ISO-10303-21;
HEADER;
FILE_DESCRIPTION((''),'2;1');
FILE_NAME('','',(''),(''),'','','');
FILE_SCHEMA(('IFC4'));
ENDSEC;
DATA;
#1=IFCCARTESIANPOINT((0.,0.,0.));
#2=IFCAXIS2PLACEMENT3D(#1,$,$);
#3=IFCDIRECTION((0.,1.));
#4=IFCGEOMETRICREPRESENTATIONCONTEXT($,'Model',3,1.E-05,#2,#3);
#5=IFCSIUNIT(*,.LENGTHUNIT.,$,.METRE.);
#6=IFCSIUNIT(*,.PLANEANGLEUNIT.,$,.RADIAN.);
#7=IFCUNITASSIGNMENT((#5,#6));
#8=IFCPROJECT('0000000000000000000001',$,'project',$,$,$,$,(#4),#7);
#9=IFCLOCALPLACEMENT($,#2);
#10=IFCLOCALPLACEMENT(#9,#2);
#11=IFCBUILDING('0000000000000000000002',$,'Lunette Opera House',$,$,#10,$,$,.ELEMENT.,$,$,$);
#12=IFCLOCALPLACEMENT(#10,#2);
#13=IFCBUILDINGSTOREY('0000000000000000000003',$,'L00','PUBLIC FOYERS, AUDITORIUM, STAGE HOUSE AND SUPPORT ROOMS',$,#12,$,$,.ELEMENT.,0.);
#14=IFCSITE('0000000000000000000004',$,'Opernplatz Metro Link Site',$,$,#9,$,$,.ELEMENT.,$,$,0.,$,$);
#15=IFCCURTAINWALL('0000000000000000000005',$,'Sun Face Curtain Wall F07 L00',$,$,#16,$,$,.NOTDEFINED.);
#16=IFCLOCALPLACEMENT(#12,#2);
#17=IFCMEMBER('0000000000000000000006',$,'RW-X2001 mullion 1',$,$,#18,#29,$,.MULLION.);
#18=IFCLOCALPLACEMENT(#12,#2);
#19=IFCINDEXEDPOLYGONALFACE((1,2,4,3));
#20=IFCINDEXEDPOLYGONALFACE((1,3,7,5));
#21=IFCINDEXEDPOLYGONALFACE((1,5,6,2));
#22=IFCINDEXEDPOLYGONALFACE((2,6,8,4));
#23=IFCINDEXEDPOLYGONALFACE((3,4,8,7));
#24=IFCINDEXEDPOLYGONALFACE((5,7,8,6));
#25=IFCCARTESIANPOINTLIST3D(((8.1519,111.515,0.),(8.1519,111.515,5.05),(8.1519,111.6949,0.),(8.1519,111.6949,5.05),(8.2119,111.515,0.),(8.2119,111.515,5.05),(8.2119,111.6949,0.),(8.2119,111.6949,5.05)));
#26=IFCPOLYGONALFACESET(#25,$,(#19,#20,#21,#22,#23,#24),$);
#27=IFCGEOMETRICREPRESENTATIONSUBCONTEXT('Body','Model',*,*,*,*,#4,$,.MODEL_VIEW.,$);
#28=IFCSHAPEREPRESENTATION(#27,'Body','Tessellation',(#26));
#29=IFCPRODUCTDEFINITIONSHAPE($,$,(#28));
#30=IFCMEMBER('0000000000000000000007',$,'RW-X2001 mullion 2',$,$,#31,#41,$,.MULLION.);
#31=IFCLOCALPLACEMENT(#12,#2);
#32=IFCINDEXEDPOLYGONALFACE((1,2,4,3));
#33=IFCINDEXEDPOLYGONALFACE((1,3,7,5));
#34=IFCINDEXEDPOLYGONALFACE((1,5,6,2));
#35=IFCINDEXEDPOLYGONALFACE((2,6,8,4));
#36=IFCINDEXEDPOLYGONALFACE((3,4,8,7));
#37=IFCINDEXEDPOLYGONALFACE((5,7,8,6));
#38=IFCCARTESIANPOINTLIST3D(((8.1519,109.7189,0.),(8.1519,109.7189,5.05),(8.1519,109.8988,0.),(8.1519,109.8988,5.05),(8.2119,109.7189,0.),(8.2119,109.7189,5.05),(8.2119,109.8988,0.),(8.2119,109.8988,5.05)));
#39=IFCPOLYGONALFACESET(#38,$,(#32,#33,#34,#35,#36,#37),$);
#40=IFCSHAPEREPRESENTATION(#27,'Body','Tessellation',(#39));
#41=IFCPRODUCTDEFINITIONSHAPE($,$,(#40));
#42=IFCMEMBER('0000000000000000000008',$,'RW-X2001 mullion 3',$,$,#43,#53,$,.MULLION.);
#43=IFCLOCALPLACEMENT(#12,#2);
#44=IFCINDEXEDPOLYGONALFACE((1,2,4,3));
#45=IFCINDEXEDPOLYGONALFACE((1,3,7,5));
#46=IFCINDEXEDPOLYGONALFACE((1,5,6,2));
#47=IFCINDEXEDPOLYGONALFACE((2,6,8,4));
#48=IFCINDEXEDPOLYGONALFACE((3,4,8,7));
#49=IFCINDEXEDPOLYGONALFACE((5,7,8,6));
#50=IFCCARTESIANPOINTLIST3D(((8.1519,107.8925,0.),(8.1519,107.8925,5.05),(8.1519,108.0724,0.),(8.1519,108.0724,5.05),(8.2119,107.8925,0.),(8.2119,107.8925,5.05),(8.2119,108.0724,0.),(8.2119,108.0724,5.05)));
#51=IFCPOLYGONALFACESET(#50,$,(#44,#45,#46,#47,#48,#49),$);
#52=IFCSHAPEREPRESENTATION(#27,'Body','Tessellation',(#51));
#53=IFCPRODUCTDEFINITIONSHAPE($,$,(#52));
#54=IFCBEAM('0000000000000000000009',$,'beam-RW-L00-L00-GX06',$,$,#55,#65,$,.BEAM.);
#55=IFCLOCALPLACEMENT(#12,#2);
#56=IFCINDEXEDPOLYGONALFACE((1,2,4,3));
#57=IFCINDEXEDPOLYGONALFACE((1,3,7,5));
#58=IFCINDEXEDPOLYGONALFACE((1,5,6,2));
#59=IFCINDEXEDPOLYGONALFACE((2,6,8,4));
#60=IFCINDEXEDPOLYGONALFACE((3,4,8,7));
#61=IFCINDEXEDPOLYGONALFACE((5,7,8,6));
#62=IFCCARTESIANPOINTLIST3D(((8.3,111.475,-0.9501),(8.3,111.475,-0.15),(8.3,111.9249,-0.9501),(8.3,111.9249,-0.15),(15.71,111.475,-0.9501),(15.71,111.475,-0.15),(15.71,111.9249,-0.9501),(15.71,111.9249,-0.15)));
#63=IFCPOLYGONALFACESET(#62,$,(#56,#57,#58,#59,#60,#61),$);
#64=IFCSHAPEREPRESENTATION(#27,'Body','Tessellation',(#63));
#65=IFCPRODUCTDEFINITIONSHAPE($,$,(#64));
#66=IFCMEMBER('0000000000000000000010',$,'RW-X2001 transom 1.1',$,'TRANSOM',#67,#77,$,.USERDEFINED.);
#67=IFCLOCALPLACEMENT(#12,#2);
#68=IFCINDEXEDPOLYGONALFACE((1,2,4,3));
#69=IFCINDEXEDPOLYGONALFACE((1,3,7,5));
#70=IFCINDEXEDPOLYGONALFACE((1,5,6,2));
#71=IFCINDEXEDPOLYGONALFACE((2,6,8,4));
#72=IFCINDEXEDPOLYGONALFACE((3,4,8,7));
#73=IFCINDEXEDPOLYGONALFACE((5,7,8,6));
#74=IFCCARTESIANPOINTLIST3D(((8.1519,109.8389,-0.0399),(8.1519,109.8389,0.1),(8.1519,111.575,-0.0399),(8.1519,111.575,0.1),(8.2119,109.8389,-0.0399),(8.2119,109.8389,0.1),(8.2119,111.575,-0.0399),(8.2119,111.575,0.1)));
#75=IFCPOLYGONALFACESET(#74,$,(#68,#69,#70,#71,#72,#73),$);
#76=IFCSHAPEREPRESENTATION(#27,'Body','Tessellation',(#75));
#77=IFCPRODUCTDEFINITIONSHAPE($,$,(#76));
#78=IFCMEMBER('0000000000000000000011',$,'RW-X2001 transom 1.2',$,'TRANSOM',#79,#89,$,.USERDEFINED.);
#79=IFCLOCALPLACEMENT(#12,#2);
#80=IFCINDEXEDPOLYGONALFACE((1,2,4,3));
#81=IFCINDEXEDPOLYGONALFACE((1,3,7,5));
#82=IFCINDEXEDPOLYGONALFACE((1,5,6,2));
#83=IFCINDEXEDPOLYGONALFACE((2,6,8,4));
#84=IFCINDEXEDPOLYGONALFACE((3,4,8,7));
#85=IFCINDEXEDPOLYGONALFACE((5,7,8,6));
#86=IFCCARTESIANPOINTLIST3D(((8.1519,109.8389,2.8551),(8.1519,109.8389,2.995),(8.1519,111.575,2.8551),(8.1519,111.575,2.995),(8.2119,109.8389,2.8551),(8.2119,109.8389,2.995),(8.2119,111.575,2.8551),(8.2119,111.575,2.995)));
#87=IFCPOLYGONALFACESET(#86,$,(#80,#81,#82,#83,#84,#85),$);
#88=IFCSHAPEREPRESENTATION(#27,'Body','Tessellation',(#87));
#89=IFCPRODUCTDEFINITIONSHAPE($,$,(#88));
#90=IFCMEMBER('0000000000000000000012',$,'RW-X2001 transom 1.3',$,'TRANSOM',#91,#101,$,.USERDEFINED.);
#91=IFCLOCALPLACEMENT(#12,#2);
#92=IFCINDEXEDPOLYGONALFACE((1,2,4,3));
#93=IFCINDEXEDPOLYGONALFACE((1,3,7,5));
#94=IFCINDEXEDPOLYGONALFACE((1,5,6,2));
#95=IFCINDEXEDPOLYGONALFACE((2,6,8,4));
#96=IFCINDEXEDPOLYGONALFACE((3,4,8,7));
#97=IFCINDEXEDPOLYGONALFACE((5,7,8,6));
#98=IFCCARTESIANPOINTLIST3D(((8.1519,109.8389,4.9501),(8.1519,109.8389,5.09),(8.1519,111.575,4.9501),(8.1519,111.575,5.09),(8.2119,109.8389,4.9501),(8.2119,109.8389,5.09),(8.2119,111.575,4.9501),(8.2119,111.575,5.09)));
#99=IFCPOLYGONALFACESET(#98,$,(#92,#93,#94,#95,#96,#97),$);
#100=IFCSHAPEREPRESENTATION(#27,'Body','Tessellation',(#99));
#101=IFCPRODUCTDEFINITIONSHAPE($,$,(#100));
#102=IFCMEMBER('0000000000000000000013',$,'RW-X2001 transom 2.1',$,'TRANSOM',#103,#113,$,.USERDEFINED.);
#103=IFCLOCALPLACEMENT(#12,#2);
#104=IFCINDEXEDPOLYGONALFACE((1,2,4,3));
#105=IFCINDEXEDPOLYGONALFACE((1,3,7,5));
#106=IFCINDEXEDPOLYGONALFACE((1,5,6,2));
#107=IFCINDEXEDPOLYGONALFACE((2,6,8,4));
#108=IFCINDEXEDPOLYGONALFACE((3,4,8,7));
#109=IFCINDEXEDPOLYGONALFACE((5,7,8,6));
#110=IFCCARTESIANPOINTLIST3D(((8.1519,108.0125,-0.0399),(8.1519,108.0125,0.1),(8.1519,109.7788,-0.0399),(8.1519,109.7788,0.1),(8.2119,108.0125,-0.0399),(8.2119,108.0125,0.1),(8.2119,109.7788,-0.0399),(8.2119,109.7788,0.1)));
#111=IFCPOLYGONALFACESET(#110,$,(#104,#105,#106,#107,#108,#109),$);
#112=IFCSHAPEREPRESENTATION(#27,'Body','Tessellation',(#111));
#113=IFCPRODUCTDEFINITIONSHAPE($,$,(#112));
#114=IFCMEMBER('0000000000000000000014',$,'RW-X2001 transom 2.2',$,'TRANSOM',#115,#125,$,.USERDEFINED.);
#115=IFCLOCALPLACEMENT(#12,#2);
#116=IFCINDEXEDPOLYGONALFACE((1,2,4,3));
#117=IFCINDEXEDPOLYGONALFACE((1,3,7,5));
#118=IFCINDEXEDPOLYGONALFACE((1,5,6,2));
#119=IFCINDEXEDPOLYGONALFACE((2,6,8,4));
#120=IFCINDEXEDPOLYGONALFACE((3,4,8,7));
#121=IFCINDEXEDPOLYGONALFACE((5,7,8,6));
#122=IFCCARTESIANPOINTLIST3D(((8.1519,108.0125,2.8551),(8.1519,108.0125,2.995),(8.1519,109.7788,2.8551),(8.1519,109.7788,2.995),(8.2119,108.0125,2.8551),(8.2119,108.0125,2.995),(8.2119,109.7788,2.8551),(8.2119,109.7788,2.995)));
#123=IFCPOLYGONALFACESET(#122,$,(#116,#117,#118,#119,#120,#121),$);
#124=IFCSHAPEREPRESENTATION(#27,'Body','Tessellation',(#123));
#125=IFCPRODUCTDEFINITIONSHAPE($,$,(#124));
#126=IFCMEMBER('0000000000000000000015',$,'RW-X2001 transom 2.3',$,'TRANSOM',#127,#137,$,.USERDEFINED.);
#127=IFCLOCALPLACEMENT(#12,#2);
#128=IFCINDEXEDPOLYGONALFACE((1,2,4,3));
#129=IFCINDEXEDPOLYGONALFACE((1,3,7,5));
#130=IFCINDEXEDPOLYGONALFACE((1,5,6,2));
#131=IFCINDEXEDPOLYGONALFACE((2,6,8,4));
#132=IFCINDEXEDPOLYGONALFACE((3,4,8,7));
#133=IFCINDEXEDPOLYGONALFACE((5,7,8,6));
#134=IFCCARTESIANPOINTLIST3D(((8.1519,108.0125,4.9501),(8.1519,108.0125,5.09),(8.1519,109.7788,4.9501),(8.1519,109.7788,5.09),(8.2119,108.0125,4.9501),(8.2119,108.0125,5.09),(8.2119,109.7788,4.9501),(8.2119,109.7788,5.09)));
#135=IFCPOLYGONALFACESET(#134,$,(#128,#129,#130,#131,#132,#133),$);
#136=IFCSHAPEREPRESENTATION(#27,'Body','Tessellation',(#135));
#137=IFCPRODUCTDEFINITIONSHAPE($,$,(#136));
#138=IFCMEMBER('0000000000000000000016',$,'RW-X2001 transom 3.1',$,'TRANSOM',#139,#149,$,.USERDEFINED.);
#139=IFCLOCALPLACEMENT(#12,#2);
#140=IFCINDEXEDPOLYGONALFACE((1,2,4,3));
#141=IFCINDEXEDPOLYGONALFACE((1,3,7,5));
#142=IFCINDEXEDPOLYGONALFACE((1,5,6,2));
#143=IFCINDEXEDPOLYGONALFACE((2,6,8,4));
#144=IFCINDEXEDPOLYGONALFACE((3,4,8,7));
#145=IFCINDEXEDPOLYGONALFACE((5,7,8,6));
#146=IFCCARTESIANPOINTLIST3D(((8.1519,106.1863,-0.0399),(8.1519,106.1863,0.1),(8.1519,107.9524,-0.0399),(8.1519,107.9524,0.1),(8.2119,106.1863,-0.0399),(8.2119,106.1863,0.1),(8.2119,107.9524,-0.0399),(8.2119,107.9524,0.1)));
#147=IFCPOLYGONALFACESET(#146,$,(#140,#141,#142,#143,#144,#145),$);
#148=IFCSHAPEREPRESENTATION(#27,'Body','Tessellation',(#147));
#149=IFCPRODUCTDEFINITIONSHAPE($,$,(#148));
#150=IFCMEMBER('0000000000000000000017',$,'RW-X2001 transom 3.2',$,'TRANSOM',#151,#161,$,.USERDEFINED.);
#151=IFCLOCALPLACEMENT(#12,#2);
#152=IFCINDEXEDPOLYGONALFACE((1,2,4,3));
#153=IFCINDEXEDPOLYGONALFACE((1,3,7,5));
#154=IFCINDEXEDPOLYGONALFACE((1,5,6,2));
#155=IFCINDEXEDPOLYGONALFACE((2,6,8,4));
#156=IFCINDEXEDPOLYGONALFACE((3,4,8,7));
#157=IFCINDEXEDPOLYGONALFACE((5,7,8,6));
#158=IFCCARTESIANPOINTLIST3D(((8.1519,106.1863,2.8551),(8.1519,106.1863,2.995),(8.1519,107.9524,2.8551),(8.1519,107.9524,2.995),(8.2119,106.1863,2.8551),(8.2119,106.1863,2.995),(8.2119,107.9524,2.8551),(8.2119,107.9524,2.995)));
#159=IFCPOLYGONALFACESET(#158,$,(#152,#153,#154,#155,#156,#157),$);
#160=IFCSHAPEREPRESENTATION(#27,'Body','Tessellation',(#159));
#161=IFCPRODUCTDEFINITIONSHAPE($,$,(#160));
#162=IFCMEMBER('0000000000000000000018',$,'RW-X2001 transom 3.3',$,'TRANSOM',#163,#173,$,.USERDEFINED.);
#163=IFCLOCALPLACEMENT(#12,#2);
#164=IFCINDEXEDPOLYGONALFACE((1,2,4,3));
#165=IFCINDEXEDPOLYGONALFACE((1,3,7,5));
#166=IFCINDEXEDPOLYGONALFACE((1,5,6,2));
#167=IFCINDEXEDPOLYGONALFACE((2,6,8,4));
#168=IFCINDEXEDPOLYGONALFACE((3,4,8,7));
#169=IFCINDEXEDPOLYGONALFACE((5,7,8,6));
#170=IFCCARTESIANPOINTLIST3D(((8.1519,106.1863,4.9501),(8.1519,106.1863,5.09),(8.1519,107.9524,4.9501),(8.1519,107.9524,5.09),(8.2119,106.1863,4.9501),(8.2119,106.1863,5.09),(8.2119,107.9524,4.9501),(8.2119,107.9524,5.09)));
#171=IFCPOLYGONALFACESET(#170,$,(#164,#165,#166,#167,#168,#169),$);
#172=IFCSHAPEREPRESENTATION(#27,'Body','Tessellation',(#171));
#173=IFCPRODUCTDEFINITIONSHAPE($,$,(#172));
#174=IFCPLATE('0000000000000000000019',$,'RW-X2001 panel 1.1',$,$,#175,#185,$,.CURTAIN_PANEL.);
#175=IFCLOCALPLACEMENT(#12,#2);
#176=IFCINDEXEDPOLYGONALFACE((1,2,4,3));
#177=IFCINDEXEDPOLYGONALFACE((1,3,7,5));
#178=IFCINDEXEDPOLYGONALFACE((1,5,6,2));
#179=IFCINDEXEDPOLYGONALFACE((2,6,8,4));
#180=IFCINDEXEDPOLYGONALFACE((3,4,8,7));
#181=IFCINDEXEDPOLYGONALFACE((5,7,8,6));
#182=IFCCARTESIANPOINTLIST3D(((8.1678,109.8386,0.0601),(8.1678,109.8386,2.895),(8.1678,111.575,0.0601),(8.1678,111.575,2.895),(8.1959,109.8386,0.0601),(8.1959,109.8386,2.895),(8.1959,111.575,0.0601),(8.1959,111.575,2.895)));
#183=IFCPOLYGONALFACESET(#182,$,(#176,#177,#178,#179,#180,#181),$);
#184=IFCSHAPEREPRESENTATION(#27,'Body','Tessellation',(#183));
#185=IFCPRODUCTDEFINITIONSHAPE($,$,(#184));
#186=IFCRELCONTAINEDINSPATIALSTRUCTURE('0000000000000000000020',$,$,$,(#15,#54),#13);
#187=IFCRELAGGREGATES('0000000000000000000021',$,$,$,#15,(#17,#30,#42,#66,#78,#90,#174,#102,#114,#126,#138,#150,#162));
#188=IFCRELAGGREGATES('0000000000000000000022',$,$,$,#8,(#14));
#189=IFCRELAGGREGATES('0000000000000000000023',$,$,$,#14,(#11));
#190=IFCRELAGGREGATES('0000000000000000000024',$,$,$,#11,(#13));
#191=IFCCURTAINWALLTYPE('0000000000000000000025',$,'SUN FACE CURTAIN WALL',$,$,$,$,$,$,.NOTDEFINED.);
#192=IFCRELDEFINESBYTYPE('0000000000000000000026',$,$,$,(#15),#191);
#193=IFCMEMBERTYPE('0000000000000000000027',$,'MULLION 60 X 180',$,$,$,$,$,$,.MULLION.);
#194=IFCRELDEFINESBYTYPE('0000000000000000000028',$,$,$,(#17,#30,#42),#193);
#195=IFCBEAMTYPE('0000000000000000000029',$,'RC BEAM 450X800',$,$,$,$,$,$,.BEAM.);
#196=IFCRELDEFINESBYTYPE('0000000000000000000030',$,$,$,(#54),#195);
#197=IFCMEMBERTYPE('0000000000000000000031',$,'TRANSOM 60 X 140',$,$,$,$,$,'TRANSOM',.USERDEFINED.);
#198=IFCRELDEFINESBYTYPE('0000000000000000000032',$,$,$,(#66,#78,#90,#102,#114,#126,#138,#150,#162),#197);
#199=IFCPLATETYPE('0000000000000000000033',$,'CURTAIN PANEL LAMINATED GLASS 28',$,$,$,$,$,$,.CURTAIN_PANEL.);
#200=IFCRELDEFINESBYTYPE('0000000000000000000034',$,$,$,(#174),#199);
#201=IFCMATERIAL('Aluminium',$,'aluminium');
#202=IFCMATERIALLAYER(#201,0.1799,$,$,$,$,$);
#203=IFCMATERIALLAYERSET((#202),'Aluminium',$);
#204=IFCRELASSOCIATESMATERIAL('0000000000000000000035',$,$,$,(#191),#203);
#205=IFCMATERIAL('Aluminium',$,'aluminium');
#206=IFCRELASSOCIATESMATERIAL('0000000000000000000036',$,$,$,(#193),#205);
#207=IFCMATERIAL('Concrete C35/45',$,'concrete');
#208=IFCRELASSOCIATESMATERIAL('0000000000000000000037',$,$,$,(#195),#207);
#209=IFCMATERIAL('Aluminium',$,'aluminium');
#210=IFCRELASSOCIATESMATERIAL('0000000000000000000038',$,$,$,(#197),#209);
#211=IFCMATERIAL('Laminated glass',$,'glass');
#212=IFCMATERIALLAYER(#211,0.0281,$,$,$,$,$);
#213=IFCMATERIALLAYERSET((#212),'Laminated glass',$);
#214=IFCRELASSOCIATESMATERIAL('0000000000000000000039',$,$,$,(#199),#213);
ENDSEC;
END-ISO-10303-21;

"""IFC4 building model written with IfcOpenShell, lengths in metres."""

from ifc_helpers import new_model, si_unit, direction, frame, origin, origin_2d, place, context, subcontext, project, spatial, rectangle, extrude, material, layer, layer_set, material_profile, profile_set, type_object, element, aggregate, save


model = new_model("IFC4")

# Units and contexts
model_context = context("Model", 3, precision=1e-05, world=origin(), true_north=direction((0.0, 1.0)))
body_context = subcontext(model_context, "Body", "Model", "MODEL_VIEW")
ifc_project = project(units=[si_unit("LENGTHUNIT", "METRE"), si_unit("PLANEANGLEUNIT", "RADIAN")], contexts=[model_context])

# Site, building, storey
site_placement = place(None, origin())
site = spatial("IfcSite", under=ifc_project, at=site_placement, Name="Opernplatz Metro Link Site", CompositionType="ELEMENT", RefElevation=0.0)
building_placement = place(site_placement, origin())
building = spatial("IfcBuilding", under=site, at=building_placement, Name="Lunette Opera House", CompositionType="ELEMENT")
storey_placement = place(building_placement, origin())
storey = spatial("IfcBuildingStorey", under=building, at=storey_placement, Name="L00", Description="PUBLIC FOYERS, AUDITORIUM, STAGE HOUSE AND SUPPORT ROOMS", CompositionType="ELEMENT", Elevation=0.0)

# Curtain wall, members
ifc_material_1 = material(Name="Aluminium", Category="aluminium")
ifc_layer_1 = layer(ifc_material_1, 0.1799)
ifc_layer_set_1 = layer_set([ifc_layer_1], Name="Aluminium")
curtain_wall_type = type_object("IfcCurtainWallType", Name="SUN FACE CURTAIN WALL", PredefinedType="NOTDEFINED", material=ifc_layer_set_1)
curtain_wall_placement = place(storey_placement, origin())
curtain_wall = element("IfcCurtainWall", 1, at=curtain_wall_placement, inside=storey, type_object=curtain_wall_type, Name="Sun Face Curtain Wall F07 L00", PredefinedType="NOTDEFINED")
ifc_material_2 = material(Name="Aluminium", Category="aluminium")
ifc_material_profile_1 = material_profile(ifc_material_2, rectangle(XDim=0.0601, YDim=0.1799, at=origin_2d()), Name="MULLION 60 X 180")
ifc_profile_set_1 = profile_set([ifc_material_profile_1], Name="Aluminium")
member_type_1 = type_object("IfcMemberType", Name="MULLION 60 X 180", PredefinedType="MULLION", material=ifc_profile_set_1)
member_1_placement = place(storey_placement, frame((8.1819, 111.605, 0.0), z_axis=(0.0, 0.0, 1.0), x_axis=(1.0, 0.0, 0.0)))
member_1 = element("IfcMember", 2, at=member_1_placement, type_object=member_type_1, Name="RW-X2001 mullion 1", PredefinedType="MULLION", context=body_context, shape_type="SweptSolid", body=[
    extrude(rectangle(XDim=0.0601, YDim=0.1799, at=origin_2d()), origin(), (0.0, 0.0, 1.0), 5.05),
])
member_2_placement = place(storey_placement, frame((8.1819, 109.8088, 0.0), z_axis=(0.0, 0.0, 1.0), x_axis=(1.0, 0.0, 0.0)))
member_2 = element("IfcMember", 3, at=member_2_placement, type_object=member_type_1, Name="RW-X2001 mullion 2", PredefinedType="MULLION", context=body_context, shape_type="SweptSolid", body=[
    extrude(rectangle(XDim=0.0601, YDim=0.1799, at=origin_2d()), origin(), (0.0, 0.0, 1.0), 5.05),
])
member_3_placement = place(storey_placement, frame((8.1819, 107.9824, 0.0), z_axis=(0.0, 0.0, 1.0), x_axis=(1.0, 0.0, 0.0)))
member_3 = element("IfcMember", 4, at=member_3_placement, type_object=member_type_1, Name="RW-X2001 mullion 3", PredefinedType="MULLION", context=body_context, shape_type="SweptSolid", body=[
    extrude(rectangle(XDim=0.0601, YDim=0.1799, at=origin_2d()), origin(), (0.0, 0.0, 1.0), 5.05),
])

# Beam
ifc_material_3 = material(Name="Concrete C35/45", Category="concrete")
ifc_material_profile_2 = material_profile(ifc_material_3, rectangle(XDim=0.45, YDim=0.8, at=origin_2d()), Name="RC BEAM 450X800")
ifc_profile_set_2 = profile_set([ifc_material_profile_2], Name="Concrete C35/45")
beam_type = type_object("IfcBeamType", Name="RC BEAM 450X800", PredefinedType="BEAM", material=ifc_profile_set_2)
beam_placement = place(storey_placement, frame((8.3, 111.7, -0.55), z_axis=(1.0, 0.0, 0.0), x_axis=(0.0, 1.0, 0.0)))
element("IfcBeam", 5, at=beam_placement, inside=storey, type_object=beam_type, Name="beam-RW-L00-L00-GX06", PredefinedType="BEAM", context=body_context, shape_type="SweptSolid", body=[
    extrude(rectangle(XDim=0.45, YDim=0.8, at=origin_2d()), origin(), (0.0, 0.0, 1.0), 7.4099),
])

# Members
ifc_material_4 = material(Name="Aluminium", Category="aluminium")
ifc_material_profile_3 = material_profile(ifc_material_4, rectangle(XDim=0.0601, YDim=0.1399, at=origin_2d()), Name="TRANSOM 60 X 140")
ifc_profile_set_3 = profile_set([ifc_material_profile_3], Name="Aluminium")
member_type_2 = type_object("IfcMemberType", Name="TRANSOM 60 X 140", ElementType="TRANSOM", PredefinedType="USERDEFINED", material=ifc_profile_set_3)
member_4_placement = place(storey_placement, frame((8.1819, 111.575, 0.03), z_axis=(0.0, -1.0, 0.0), x_axis=(1.0, 0.0, 0.0)))
member_4 = element("IfcMember", 6, at=member_4_placement, type_object=member_type_2, Name="RW-X2001 transom 1.1", ObjectType="TRANSOM", PredefinedType="USERDEFINED", context=body_context, shape_type="SweptSolid", body=[
    extrude(rectangle(XDim=0.0601, YDim=0.1399, at=origin_2d()), origin(), (0.0, 0.0, 1.0), 1.7361),
])
member_5_placement = place(storey_placement, frame((8.1819, 111.575, 2.925), z_axis=(0.0, -1.0, 0.0), x_axis=(1.0, 0.0, 0.0)))
member_5 = element("IfcMember", 7, at=member_5_placement, type_object=member_type_2, Name="RW-X2001 transom 1.2", ObjectType="TRANSOM", PredefinedType="USERDEFINED", context=body_context, shape_type="SweptSolid", body=[
    extrude(rectangle(XDim=0.0601, YDim=0.1399, at=origin_2d()), origin(), (0.0, 0.0, 1.0), 1.7361),
])
member_6_placement = place(storey_placement, frame((8.1819, 111.575, 5.02), z_axis=(0.0, -1.0, 0.0), x_axis=(1.0, 0.0, 0.0)))
member_6 = element("IfcMember", 8, at=member_6_placement, type_object=member_type_2, Name="RW-X2001 transom 1.3", ObjectType="TRANSOM", PredefinedType="USERDEFINED", context=body_context, shape_type="SweptSolid", body=[
    extrude(rectangle(XDim=0.0601, YDim=0.1399, at=origin_2d()), origin(), (0.0, 0.0, 1.0), 1.7361),
])
member_7_placement = place(storey_placement, frame((8.1819, 109.7788, 0.03), z_axis=(0.0, -1.0, 0.0), x_axis=(1.0, 0.0, 0.0)))
member_7 = element("IfcMember", 9, at=member_7_placement, type_object=member_type_2, Name="RW-X2001 transom 2.1", ObjectType="TRANSOM", PredefinedType="USERDEFINED", context=body_context, shape_type="SweptSolid", body=[
    extrude(rectangle(XDim=0.0601, YDim=0.1399, at=origin_2d()), origin(), (0.0, 0.0, 1.0), 1.7664),
])
member_8_placement = place(storey_placement, frame((8.1819, 109.7788, 2.925), z_axis=(0.0, -1.0, 0.0), x_axis=(1.0, 0.0, 0.0)))
member_8 = element("IfcMember", 10, at=member_8_placement, type_object=member_type_2, Name="RW-X2001 transom 2.2", ObjectType="TRANSOM", PredefinedType="USERDEFINED", context=body_context, shape_type="SweptSolid", body=[
    extrude(rectangle(XDim=0.0601, YDim=0.1399, at=origin_2d()), origin(), (0.0, 0.0, 1.0), 1.7664),
])
member_9_placement = place(storey_placement, frame((8.1819, 109.7788, 5.02), z_axis=(0.0, -1.0, 0.0), x_axis=(1.0, 0.0, 0.0)))
member_9 = element("IfcMember", 11, at=member_9_placement, type_object=member_type_2, Name="RW-X2001 transom 2.3", ObjectType="TRANSOM", PredefinedType="USERDEFINED", context=body_context, shape_type="SweptSolid", body=[
    extrude(rectangle(XDim=0.0601, YDim=0.1399, at=origin_2d()), origin(), (0.0, 0.0, 1.0), 1.7664),
])
member_10_placement = place(storey_placement, frame((8.1819, 107.9524, 0.03), z_axis=(0.0, -1.0, 0.0), x_axis=(1.0, 0.0, 0.0)))
member_10 = element("IfcMember", 12, at=member_10_placement, type_object=member_type_2, Name="RW-X2001 transom 3.1", ObjectType="TRANSOM", PredefinedType="USERDEFINED", context=body_context, shape_type="SweptSolid", body=[
    extrude(rectangle(XDim=0.0601, YDim=0.1399, at=origin_2d()), origin(), (0.0, 0.0, 1.0), 1.7661),
])
member_11_placement = place(storey_placement, frame((8.1819, 107.9524, 2.925), z_axis=(0.0, -1.0, 0.0), x_axis=(1.0, 0.0, 0.0)))
member_11 = element("IfcMember", 13, at=member_11_placement, type_object=member_type_2, Name="RW-X2001 transom 3.2", ObjectType="TRANSOM", PredefinedType="USERDEFINED", context=body_context, shape_type="SweptSolid", body=[
    extrude(rectangle(XDim=0.0601, YDim=0.1399, at=origin_2d()), origin(), (0.0, 0.0, 1.0), 1.7661),
])
member_12_placement = place(storey_placement, frame((8.1819, 107.9524, 5.02), z_axis=(0.0, -1.0, 0.0), x_axis=(1.0, 0.0, 0.0)))
member_12 = element("IfcMember", 14, at=member_12_placement, type_object=member_type_2, Name="RW-X2001 transom 3.3", ObjectType="TRANSOM", PredefinedType="USERDEFINED", context=body_context, shape_type="SweptSolid", body=[
    extrude(rectangle(XDim=0.0601, YDim=0.1399, at=origin_2d()), origin(), (0.0, 0.0, 1.0), 1.7661),
])

# Plate
ifc_material_5 = material(Name="Laminated glass", Category="glass")
ifc_layer_2 = layer(ifc_material_5, 0.0281)
ifc_layer_set_2 = layer_set([ifc_layer_2], Name="Laminated glass")
plate_type = type_object("IfcPlateType", Name="CURTAIN PANEL LAMINATED GLASS 28", PredefinedType="CURTAIN_PANEL", material=ifc_layer_set_2)
plate_1_placement = place(storey_placement, frame((8.1819, 110.7068, 0.0601), z_axis=(0.0, 0.0, 1.0), x_axis=(0.0, -1.0, 0.0)))
plate_1 = element("IfcPlate", 15, at=plate_1_placement, type_object=plate_type, Name="RW-X2001 panel 1.1", PredefinedType="CURTAIN_PANEL", context=body_context, shape_type="SweptSolid", body=[
    extrude(rectangle(XDim=1.7363, YDim=0.0281, at=origin_2d()), origin(), (0.0, 0.0, 1.0), 2.835),
])
aggregate(curtain_wall, [member_1, member_2, member_3, member_4, member_5, member_6, plate_1, member_7, member_8, member_9, member_10, member_11, member_12])

save(model, "model.ifc")
